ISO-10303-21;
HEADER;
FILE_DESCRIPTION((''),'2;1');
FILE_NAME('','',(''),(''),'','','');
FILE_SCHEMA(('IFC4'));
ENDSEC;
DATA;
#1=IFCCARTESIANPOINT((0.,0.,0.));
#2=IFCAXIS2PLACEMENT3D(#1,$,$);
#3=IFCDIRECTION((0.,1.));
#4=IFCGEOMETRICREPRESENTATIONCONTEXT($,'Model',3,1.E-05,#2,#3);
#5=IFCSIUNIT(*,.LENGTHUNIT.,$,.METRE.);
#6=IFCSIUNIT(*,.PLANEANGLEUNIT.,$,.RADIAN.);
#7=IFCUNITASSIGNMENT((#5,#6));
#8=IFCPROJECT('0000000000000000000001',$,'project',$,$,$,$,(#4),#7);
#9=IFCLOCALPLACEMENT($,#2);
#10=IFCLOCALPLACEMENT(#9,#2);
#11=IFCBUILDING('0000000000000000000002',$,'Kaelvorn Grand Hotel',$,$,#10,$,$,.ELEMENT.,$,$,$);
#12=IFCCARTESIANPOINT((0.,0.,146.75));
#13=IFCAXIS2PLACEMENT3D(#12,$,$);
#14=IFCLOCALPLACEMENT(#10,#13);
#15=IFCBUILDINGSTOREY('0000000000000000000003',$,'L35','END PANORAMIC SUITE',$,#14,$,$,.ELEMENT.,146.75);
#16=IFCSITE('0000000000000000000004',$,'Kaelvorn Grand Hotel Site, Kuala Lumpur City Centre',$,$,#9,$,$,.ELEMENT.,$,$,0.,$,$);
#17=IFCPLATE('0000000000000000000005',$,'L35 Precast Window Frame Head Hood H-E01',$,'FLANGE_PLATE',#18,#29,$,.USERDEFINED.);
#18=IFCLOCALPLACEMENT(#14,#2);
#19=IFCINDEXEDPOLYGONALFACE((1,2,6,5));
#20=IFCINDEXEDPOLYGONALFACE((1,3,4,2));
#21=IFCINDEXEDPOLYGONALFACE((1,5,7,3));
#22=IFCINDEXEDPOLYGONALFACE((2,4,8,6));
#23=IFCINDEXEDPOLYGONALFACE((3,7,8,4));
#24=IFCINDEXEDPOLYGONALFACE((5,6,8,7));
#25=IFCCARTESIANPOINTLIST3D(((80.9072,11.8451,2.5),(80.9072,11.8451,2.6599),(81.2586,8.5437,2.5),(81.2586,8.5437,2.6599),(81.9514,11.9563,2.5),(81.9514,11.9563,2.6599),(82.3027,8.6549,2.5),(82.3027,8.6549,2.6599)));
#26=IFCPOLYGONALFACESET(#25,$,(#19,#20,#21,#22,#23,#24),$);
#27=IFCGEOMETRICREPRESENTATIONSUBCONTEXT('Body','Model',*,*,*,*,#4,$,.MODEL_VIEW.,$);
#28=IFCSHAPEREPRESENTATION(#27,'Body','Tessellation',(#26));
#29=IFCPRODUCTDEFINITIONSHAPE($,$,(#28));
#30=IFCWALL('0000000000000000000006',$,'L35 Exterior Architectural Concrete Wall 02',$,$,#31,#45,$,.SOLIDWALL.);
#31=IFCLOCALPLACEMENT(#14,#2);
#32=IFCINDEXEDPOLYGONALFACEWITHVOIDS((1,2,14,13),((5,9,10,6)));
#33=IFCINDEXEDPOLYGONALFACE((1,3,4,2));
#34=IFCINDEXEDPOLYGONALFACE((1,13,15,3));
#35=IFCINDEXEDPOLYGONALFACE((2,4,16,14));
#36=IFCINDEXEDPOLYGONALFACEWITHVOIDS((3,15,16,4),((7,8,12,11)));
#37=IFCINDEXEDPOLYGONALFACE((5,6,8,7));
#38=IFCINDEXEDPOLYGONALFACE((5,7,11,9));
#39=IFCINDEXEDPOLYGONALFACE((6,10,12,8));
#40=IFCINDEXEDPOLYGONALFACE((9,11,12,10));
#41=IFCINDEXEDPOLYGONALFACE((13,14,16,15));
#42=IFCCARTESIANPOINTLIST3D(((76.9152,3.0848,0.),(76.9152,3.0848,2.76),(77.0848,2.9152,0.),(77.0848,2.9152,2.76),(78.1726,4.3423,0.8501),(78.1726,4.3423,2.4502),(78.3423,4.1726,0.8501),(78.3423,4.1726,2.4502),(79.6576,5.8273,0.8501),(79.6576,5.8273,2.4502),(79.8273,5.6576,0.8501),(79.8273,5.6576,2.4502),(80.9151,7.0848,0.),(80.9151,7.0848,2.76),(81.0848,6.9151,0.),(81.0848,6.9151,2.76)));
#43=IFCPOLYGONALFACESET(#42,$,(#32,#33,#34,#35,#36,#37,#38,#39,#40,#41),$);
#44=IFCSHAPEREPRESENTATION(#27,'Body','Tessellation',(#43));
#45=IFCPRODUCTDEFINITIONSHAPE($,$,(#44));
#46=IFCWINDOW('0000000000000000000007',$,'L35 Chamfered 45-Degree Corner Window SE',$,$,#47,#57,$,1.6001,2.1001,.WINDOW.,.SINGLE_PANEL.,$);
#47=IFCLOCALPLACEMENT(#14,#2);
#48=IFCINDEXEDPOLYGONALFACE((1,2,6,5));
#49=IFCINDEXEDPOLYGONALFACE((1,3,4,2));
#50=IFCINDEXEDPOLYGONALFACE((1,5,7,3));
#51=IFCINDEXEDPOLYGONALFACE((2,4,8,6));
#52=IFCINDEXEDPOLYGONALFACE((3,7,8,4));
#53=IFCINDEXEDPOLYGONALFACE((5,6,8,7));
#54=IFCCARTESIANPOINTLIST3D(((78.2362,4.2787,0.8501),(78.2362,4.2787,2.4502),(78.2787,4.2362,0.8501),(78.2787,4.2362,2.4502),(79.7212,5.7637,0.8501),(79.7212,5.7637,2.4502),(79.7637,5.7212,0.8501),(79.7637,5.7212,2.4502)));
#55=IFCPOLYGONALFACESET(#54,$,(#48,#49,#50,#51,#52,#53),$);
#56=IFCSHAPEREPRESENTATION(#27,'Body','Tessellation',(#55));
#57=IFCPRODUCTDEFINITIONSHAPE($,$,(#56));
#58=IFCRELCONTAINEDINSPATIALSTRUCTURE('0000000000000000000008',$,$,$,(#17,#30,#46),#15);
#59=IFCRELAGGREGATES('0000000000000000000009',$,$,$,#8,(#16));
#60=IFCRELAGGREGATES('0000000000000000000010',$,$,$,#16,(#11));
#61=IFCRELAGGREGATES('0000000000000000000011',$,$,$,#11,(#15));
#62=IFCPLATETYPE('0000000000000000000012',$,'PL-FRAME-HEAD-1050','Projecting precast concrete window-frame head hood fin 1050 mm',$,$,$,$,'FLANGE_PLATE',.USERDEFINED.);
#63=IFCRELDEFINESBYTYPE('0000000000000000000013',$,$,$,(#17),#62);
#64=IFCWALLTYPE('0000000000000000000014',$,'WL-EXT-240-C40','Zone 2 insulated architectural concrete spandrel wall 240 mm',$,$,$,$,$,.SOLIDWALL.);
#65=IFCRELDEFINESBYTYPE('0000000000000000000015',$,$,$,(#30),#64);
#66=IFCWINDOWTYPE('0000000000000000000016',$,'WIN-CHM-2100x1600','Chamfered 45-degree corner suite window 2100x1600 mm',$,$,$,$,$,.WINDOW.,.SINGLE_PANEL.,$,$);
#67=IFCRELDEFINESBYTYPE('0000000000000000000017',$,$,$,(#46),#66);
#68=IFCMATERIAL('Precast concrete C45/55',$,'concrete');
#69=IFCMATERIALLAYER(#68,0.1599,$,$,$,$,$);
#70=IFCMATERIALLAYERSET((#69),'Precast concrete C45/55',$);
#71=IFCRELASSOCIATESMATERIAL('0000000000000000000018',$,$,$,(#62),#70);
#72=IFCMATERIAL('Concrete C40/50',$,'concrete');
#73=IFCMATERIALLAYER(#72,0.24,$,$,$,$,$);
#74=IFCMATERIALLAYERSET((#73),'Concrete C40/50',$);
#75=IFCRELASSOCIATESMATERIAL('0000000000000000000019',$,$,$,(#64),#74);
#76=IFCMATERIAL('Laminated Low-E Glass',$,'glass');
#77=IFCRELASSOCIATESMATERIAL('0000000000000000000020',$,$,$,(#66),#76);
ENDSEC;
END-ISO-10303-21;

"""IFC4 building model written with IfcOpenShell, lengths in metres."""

from ifc_helpers import new_model, si_unit, direction, frame, frame_2d, origin, origin_2d, place, context, subcontext, project, spatial, rectangle, extrude, material, layer, layer_set, type_object, element, fill, save


model = new_model("IFC4")

# Units and contexts
model_context = context("Model", 3, precision=1e-05, world=origin(), true_north=direction((0.0, 1.0)))
body_context = subcontext(model_context, "Body", "Model", "MODEL_VIEW")
ifc_project = project(units=[si_unit("LENGTHUNIT", "METRE"), si_unit("PLANEANGLEUNIT", "RADIAN")], contexts=[model_context])

# Site, building, storey
site_placement = place(None, origin())
site = spatial("IfcSite", under=ifc_project, at=site_placement, Name="Kaelvorn Grand Hotel Site, Kuala Lumpur City Centre", CompositionType="ELEMENT", RefElevation=0.0)
building_placement = place(site_placement, origin())
building = spatial("IfcBuilding", under=site, at=building_placement, Name="Kaelvorn Grand Hotel", CompositionType="ELEMENT")
storey_placement = place(building_placement, frame((0.0, 0.0, 146.75)))
storey = spatial("IfcBuildingStorey", under=building, at=storey_placement, Name="L35", Description="END PANORAMIC SUITE", CompositionType="ELEMENT", Elevation=146.75)

# Shared definitions
ifc_material_1 = material(Name="Concrete C40/50", Category="concrete")

# Plate
ifc_material_2 = material(Name="Precast concrete C45/55", Category="concrete")
ifc_layer_1 = layer(ifc_material_2, 0.1599)
ifc_layer_set_1 = layer_set([ifc_layer_1], Name="Precast concrete C45/55")
plate_type_1 = type_object("IfcPlateType", Name="PL-FRAME-HEAD-1050", Description="Projecting precast concrete window-frame head hood fin 1050 mm", ElementType="FLANGE_PLATE", PredefinedType="USERDEFINED", material=ifc_layer_set_1)
plate_1_placement = place(storey_placement, frame((81.605, 10.25, 2.5), z_axis=(0.0, 0.0, 1.0), x_axis=(-0.10583, 0.994384, 0.0)))
element("IfcPlate", 1, at=plate_1_placement, inside=storey, type_object=plate_type_1, Name="L35 Precast Window Frame Head Hood H-E01", ObjectType="FLANGE_PLATE", PredefinedType="USERDEFINED", context=body_context, shape_type="SweptSolid", body=[
    extrude(rectangle(XDim=3.3201, YDim=1.05, at=origin_2d()), origin(), (0.0, 0.0, 1.0), 0.1599),
])

# Wall, opening, window
ifc_layer_2 = layer(ifc_material_1, 0.24)
ifc_layer_set_2 = layer_set([ifc_layer_2], Name="Concrete C40/50")
wall_type_1 = type_object("IfcWallType", Name="WL-EXT-240-C40", Description="Zone 2 insulated architectural concrete spandrel wall 240 mm", PredefinedType="SOLIDWALL", material=ifc_layer_set_2)
wall_1_placement = place(storey_placement, frame((77.0, 3.0, 0.0), z_axis=(0.0, 0.0, 1.0), x_axis=(0.707107, 0.707107, 0.0)))
wall_1 = element("IfcWall", 2, at=wall_1_placement, inside=storey, type_object=wall_type_1, Name="L35 Exterior Architectural Concrete Wall 02", PredefinedType="SOLIDWALL", context=body_context, shape_type="SweptSolid", body=[
    extrude(rectangle(XDim=5.6567, YDim=0.24, at=frame_2d((2.8284, 0.0))), origin(), (0.0, 0.0, 1.0), 2.76),
])
opening_1_placement = place(wall_1_placement, frame((1.7783, 0.0, 0.8501)))
opening_1 = element("IfcOpeningElement", 3, at=opening_1_placement, cuts=wall_1, PredefinedType="OPENING", context=body_context, shape_type="SweptSolid", body=[
    extrude(rectangle(XDim=2.1001, YDim=1.6001, at=frame_2d((1.05, 0.8))), frame((0.0, 0.1299, 0.0), z_axis=(0.0, -1.0, 0.0), x_axis=(1.0, 0.0, 0.0)), (0.0, 0.0, 1.0), 0.26),
])
ifc_material_3 = material(Name="Laminated Low-E Glass", Category="glass")
window_type_1 = type_object("IfcWindowType", Name="WIN-CHM-2100x1600", Description="Chamfered 45-degree corner suite window 2100x1600 mm", PartitioningType="SINGLE_PANEL", PredefinedType="WINDOW", material=ifc_material_3)
window_1_placement = place(opening_1_placement, origin())
window_1 = element("IfcWindow", 4, at=window_1_placement, inside=storey, type_object=window_type_1, Name="L35 Chamfered 45-Degree Corner Window SE", OverallHeight=1.6001, OverallWidth=2.1001, PartitioningType="SINGLE_PANEL", PredefinedType="WINDOW", context=body_context, shape_type="SweptSolid", body=[
    extrude(rectangle(XDim=2.1001, YDim=1.6001, at=frame_2d((1.05, 0.8))), frame((0.0, 0.03, 0.0), z_axis=(0.0, -1.0, 0.0), x_axis=(1.0, 0.0, 0.0)), (0.0, 0.0, 1.0), 0.0601),
])
fill(opening_1, window_1)

save(model, "model.ifc")
